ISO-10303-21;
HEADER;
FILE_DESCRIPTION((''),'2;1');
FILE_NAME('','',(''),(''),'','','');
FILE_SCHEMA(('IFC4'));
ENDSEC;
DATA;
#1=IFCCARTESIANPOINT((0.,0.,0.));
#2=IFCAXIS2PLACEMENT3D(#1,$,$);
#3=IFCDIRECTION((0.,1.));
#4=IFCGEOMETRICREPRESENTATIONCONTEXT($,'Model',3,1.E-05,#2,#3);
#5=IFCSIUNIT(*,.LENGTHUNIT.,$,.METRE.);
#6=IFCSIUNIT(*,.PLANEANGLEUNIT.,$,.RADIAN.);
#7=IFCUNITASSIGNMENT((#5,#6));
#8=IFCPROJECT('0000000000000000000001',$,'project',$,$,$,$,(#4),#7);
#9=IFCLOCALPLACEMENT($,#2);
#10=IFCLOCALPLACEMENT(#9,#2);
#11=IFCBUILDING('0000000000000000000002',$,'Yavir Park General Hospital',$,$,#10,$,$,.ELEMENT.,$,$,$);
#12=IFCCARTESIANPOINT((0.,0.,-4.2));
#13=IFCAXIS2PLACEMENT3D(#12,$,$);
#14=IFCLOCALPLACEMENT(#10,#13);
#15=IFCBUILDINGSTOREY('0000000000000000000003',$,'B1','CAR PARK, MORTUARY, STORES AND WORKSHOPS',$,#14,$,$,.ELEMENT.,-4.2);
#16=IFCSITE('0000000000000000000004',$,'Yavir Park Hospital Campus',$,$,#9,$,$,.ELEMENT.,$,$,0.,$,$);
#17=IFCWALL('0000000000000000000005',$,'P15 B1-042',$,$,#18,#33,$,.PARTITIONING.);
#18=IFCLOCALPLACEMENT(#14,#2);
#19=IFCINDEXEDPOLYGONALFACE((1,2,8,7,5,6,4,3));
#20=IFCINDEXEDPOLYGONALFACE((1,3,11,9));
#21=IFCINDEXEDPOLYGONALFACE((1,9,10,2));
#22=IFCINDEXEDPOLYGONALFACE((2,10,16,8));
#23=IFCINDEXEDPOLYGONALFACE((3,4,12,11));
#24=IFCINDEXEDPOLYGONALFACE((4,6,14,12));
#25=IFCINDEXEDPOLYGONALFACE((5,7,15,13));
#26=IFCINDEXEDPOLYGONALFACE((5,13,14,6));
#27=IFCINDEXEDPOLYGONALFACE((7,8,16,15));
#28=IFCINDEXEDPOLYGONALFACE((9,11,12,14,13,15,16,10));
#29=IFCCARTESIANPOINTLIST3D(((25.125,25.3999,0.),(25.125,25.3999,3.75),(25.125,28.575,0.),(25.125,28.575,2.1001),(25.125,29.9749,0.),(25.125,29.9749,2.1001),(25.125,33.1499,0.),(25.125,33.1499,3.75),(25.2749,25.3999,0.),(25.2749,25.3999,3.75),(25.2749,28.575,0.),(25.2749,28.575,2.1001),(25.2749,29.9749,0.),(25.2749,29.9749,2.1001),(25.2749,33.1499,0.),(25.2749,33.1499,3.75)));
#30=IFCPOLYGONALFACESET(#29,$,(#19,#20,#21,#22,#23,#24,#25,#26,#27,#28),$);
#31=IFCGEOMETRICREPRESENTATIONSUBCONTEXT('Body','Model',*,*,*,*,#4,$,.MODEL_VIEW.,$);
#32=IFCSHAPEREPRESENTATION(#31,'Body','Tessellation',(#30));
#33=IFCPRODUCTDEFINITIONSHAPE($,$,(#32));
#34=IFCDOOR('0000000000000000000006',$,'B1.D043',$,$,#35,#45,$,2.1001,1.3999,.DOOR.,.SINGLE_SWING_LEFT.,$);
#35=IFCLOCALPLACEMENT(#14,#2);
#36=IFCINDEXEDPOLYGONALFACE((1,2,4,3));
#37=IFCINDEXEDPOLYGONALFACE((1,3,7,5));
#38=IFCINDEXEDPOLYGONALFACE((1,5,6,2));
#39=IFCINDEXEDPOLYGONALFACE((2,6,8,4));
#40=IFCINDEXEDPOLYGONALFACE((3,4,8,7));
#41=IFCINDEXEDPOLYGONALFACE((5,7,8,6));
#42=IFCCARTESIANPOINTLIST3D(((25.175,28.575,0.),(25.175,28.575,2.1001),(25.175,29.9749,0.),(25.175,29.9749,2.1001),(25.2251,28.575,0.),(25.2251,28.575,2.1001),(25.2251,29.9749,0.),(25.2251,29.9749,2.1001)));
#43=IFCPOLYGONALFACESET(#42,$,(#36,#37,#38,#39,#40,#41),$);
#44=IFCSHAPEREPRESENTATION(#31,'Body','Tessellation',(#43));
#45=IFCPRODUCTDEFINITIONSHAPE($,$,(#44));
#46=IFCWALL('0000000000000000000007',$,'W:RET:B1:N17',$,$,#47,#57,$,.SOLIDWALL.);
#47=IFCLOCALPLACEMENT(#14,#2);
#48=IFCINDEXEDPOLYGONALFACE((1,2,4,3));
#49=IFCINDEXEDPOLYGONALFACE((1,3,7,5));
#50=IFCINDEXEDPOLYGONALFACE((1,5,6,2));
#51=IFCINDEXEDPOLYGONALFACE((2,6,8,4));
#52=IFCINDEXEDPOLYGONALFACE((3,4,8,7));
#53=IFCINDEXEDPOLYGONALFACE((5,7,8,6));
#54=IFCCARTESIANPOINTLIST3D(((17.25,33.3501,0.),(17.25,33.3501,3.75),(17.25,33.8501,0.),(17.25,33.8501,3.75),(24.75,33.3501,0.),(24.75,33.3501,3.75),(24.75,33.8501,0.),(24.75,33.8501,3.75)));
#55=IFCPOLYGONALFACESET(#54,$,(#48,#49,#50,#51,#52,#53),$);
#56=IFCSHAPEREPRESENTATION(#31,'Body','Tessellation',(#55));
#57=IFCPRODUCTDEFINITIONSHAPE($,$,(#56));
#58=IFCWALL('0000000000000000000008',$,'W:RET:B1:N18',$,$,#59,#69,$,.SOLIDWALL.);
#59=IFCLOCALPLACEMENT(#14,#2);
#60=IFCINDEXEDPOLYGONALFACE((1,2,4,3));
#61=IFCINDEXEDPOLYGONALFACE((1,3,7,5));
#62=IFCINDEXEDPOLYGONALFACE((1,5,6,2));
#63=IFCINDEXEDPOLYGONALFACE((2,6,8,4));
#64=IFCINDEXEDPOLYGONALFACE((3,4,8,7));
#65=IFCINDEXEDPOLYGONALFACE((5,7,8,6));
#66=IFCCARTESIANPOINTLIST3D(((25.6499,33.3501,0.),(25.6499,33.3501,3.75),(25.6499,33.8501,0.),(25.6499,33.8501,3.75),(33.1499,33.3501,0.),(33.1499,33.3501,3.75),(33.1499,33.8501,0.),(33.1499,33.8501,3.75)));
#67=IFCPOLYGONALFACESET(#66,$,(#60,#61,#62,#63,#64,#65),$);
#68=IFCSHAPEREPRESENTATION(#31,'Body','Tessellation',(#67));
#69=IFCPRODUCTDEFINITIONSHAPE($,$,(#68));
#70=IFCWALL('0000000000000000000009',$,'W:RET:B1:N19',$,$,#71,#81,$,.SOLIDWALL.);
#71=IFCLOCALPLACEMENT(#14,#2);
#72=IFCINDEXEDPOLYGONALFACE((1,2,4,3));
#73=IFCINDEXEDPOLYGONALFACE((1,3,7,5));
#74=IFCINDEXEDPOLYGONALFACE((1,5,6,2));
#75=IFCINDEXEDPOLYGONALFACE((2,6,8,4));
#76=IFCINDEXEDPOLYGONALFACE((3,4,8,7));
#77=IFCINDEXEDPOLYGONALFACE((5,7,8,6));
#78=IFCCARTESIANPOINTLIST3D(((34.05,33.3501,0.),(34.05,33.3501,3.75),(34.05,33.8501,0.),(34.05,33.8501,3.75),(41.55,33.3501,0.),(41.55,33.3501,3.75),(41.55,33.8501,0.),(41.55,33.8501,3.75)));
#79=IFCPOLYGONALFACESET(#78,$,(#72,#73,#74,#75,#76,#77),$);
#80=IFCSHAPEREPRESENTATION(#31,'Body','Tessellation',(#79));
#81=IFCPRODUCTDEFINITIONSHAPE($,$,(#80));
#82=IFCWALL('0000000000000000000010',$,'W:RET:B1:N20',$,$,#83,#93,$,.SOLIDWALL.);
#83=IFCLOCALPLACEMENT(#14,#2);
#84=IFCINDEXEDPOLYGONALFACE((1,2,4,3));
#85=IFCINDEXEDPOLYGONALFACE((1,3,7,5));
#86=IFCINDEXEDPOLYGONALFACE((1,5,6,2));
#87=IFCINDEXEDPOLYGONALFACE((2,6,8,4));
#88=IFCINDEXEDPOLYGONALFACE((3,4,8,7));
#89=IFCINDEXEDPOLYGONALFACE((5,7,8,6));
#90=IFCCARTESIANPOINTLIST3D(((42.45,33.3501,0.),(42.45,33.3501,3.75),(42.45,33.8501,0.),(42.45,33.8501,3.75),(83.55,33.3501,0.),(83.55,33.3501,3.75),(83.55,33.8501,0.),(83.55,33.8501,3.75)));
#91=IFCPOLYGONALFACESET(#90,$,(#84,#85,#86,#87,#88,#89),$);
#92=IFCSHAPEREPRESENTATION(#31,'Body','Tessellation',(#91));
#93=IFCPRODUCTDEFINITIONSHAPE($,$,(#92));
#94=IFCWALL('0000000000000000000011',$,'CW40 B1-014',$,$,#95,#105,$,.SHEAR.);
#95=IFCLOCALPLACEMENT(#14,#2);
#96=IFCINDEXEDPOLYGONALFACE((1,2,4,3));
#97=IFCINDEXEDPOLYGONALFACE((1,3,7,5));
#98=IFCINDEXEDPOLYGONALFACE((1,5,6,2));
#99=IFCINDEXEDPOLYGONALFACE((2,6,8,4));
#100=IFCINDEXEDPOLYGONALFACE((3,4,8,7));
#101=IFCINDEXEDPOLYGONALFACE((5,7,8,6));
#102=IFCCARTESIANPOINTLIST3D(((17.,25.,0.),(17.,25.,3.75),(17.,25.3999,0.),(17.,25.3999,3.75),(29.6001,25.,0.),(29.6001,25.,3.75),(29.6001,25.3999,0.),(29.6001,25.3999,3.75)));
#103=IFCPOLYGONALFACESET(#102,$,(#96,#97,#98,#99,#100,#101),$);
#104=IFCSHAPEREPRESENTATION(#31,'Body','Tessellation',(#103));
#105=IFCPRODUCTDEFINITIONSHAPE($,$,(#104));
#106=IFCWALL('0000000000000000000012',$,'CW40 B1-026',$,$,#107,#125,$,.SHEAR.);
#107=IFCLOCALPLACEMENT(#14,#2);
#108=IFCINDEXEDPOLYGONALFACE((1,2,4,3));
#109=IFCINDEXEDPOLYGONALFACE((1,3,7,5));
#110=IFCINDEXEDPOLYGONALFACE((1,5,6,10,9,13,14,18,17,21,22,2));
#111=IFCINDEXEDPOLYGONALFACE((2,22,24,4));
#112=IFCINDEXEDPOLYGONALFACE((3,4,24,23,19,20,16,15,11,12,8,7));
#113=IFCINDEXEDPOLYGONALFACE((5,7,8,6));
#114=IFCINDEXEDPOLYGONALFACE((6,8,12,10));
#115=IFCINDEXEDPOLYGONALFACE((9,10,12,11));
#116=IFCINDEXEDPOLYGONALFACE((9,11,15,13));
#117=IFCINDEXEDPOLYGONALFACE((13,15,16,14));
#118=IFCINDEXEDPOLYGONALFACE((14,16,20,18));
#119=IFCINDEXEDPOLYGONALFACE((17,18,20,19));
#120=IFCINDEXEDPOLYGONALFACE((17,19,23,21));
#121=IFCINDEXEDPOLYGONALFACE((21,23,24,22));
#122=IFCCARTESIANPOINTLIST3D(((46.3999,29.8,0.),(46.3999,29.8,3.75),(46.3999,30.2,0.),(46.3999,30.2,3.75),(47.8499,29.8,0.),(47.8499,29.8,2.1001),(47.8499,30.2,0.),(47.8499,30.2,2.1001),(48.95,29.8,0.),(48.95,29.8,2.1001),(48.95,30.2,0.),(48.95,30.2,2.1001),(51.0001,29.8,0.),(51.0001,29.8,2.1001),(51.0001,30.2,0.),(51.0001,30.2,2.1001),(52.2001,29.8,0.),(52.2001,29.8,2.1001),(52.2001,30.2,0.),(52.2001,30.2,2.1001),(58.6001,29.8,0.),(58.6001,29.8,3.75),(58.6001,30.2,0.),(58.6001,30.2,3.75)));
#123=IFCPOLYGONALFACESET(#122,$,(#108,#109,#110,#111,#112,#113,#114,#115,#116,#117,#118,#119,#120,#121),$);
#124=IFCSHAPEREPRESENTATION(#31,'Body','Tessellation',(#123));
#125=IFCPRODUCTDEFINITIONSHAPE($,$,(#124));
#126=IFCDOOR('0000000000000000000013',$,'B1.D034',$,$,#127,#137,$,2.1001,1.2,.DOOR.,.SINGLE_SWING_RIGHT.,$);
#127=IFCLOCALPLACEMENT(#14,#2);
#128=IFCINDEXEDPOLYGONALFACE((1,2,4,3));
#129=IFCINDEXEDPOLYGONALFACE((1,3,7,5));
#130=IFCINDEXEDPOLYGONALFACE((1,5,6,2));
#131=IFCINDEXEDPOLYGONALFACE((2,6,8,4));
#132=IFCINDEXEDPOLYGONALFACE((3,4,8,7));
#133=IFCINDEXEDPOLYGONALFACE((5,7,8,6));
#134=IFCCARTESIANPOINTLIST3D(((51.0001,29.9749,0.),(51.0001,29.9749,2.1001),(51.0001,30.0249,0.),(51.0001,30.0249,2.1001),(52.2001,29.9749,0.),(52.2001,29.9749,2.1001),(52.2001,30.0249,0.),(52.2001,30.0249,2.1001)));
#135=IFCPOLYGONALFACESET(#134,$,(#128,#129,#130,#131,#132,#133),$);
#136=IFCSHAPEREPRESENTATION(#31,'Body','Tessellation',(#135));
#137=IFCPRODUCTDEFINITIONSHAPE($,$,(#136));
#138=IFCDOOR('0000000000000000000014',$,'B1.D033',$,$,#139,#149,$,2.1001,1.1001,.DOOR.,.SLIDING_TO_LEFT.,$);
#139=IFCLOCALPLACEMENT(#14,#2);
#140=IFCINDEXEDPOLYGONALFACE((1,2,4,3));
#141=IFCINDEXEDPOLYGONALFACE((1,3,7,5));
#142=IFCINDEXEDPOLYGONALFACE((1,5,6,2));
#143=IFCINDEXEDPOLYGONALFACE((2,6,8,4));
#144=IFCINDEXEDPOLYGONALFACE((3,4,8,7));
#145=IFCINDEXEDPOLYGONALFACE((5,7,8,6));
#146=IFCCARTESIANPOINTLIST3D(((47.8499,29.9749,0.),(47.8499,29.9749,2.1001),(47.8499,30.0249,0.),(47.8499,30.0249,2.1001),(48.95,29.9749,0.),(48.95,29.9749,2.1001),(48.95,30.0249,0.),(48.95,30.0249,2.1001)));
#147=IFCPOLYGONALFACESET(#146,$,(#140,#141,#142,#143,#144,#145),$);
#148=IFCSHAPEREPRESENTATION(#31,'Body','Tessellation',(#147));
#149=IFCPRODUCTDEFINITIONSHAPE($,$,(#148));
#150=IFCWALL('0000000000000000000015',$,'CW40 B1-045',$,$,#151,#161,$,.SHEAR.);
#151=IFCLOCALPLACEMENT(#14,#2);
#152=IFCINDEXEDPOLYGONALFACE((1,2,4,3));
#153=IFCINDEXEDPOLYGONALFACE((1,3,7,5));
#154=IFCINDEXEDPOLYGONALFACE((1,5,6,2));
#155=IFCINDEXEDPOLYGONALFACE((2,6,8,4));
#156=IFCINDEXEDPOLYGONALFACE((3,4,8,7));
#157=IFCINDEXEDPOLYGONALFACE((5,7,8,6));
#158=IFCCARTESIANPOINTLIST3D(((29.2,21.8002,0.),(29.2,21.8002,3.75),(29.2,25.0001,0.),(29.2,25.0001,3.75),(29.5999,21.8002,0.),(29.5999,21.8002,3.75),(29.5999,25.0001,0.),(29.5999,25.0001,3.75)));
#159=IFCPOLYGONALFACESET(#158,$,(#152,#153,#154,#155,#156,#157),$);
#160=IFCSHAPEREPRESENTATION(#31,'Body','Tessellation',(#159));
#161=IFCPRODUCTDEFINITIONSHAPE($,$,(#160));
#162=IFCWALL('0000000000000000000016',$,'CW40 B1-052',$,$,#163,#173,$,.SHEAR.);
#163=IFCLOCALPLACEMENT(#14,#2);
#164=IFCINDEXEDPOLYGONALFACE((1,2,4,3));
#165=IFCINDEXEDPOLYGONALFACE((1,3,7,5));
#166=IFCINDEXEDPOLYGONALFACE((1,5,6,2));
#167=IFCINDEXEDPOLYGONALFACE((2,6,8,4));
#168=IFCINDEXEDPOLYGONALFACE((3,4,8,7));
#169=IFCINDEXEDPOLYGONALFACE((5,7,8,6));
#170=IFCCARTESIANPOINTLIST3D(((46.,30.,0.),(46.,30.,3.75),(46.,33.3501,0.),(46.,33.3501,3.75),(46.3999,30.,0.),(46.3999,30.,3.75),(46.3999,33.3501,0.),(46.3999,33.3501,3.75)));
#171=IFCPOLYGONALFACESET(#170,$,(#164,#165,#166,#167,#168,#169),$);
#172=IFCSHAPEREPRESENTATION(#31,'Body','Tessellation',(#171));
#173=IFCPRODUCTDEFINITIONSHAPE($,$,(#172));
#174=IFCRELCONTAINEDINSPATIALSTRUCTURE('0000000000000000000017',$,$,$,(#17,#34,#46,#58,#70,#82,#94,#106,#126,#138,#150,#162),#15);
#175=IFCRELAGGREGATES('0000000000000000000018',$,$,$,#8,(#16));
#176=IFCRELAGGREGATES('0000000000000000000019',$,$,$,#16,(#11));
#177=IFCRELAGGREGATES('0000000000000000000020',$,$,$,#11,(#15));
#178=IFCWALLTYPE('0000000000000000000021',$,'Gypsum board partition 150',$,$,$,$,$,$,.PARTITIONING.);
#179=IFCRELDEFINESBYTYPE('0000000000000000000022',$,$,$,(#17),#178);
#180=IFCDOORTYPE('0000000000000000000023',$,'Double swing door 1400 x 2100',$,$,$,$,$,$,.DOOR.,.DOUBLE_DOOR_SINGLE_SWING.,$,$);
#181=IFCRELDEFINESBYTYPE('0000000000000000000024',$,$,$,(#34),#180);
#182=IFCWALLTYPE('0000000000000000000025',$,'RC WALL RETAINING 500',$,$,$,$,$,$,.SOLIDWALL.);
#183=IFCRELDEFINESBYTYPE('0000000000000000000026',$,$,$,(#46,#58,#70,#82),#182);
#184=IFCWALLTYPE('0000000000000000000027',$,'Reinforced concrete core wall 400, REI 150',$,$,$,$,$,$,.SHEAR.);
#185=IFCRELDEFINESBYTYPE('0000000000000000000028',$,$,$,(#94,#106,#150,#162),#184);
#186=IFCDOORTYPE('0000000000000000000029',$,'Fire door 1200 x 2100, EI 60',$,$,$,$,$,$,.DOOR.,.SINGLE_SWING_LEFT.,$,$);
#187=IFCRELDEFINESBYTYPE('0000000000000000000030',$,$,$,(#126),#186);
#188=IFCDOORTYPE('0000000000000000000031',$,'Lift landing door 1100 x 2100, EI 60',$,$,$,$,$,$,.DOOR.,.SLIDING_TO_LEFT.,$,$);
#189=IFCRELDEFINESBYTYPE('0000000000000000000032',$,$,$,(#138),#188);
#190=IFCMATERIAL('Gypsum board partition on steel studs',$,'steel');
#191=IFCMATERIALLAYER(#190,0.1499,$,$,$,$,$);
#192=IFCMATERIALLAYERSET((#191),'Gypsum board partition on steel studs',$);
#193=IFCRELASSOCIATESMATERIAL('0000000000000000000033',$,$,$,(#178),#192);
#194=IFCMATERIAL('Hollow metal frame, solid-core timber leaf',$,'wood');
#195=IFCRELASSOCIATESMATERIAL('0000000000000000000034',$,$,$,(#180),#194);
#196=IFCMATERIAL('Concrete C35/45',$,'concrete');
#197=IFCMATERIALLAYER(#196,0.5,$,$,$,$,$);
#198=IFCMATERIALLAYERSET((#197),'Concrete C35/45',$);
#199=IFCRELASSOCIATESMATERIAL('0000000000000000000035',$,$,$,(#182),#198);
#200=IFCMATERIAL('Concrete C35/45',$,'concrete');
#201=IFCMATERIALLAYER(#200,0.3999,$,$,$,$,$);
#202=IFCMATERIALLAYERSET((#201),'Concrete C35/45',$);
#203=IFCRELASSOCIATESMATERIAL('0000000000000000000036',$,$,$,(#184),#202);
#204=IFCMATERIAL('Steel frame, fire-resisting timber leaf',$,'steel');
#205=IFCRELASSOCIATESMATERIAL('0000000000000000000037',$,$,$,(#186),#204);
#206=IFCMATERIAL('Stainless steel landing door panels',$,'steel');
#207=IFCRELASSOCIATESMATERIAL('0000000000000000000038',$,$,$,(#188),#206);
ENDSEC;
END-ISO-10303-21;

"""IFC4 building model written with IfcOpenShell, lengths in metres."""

from ifc_helpers import new_model, si_unit, direction, frame, frame_2d, origin, place, context, subcontext, project, spatial, rectangle, extrude, material, layer, layer_set, type_object, element, fill, save


model = new_model("IFC4")

# Units and contexts
model_context = context("Model", 3, precision=1e-05, world=origin(), true_north=direction((0.0, 1.0)))
body_context = subcontext(model_context, "Body", "Model", "MODEL_VIEW")
ifc_project = project(units=[si_unit("LENGTHUNIT", "METRE"), si_unit("PLANEANGLEUNIT", "RADIAN")], contexts=[model_context])

# Site, building, storey
site_placement = place(None, origin())
site = spatial("IfcSite", under=ifc_project, at=site_placement, Name="Yavir Park Hospital Campus", CompositionType="ELEMENT", RefElevation=0.0)
building_placement = place(site_placement, origin())
building = spatial("IfcBuilding", under=site, at=building_placement, Name="Yavir Park General Hospital", CompositionType="ELEMENT")
storey_placement = place(building_placement, frame((0.0, 0.0, -4.2)))
storey = spatial("IfcBuildingStorey", under=building, at=storey_placement, Name="B1", Description="CAR PARK, MORTUARY, STORES AND WORKSHOPS", CompositionType="ELEMENT", Elevation=-4.2)

# Shared definitions
ifc_material_1 = material(Name="Gypsum board partition on steel studs", Category="steel")
ifc_layer_1 = layer(ifc_material_1, 0.1499)
ifc_layer_set_1 = layer_set([ifc_layer_1], Name="Gypsum board partition on steel studs")
wall_type_1 = type_object("IfcWallType", Name="Gypsum board partition 150", PredefinedType="PARTITIONING", material=ifc_layer_set_1)

# Wall, opening, door
wall_1_placement = place(storey_placement, frame((25.2, 25.3999, 0.0), z_axis=(0.0, 0.0, 1.0), x_axis=(0.0, 1.0, 0.0)))
wall_1 = element("IfcWall", 1, at=wall_1_placement, inside=storey, type_object=wall_type_1, Name="P15 B1-042", PredefinedType="PARTITIONING", context=body_context, shape_type="SweptSolid", body=[
    extrude(rectangle(XDim=7.75, YDim=0.1499, at=frame_2d((3.875, 0.0))), origin(), (0.0, 0.0, 1.0), 3.75),
])
opening_1_placement = place(wall_1_placement, frame((3.175, 0.0, 0.0)))
opening_1 = element("IfcOpeningElement", 2, at=opening_1_placement, cuts=wall_1, PredefinedType="OPENING", context=body_context, shape_type="SweptSolid", body=[
    extrude(rectangle(XDim=1.3999, YDim=2.1001, at=frame_2d((0.7, 1.05))), frame((0.0, 0.085, 0.0), z_axis=(0.0, -1.0, 0.0), x_axis=(1.0, 0.0, 0.0)), (0.0, 0.0, 1.0), 0.1699),
])
ifc_material_2 = material(Name="Hollow metal frame, solid-core timber leaf", Category="wood")
door_type_1 = type_object("IfcDoorType", Name="Double swing door 1400 x 2100", OperationType="DOUBLE_DOOR_SINGLE_SWING", PredefinedType="DOOR", material=ifc_material_2)
door_1_placement = place(opening_1_placement, origin())
door_1 = element("IfcDoor", 3, at=door_1_placement, inside=storey, type_object=door_type_1, Name="B1.D043", OperationType="SINGLE_SWING_LEFT", OverallHeight=2.1001, OverallWidth=1.3999, PredefinedType="DOOR", context=body_context, shape_type="SweptSolid", body=[
    extrude(rectangle(XDim=1.3999, YDim=2.1001, at=frame_2d((0.7, 1.05))), frame((0.0, 0.0249, 0.0), z_axis=(0.0, -1.0, 0.0), x_axis=(1.0, 0.0, 0.0)), (0.0, 0.0, 1.0), 0.05),
])
fill(opening_1, door_1)

# Walls
ifc_material_3 = material(Name="Concrete C35/45", Category="concrete")
ifc_layer_2 = layer(ifc_material_3, 0.5)
ifc_layer_set_2 = layer_set([ifc_layer_2], Name="Concrete C35/45")
wall_type_2 = type_object("IfcWallType", Name="RC WALL RETAINING 500", PredefinedType="SOLIDWALL", material=ifc_layer_set_2)
for number, where, z_axis, x_axis, name in (
    (4, (17.25, 33.6001, 0.0), (0.0, 0.0, 1.0), (1.0, 0.0, 0.0), "W:RET:B1:N17"),
    (5, (25.6499, 33.6001, 0.0), (0.0, 0.0, 1.0), (1.0, 0.0, 0.0), "W:RET:B1:N18"),
    (6, (34.05, 33.6001, 0.0), (0.0, 0.0, 1.0), (1.0, 0.0, 0.0), "W:RET:B1:N19"),
):
    element("IfcWall", number, at=place(storey_placement, frame(where, z_axis=z_axis, x_axis=x_axis)), inside=storey, type_object=wall_type_2, Name=name, PredefinedType="SOLIDWALL", context=body_context, shape_type="SweptSolid", body=[
        extrude(rectangle(XDim=7.5, YDim=0.5, at=frame_2d((3.75, 0.0))), origin(), (0.0, 0.0, 1.0), 3.75),
    ])
wall_2_placement = place(storey_placement, frame((42.45, 33.6001, 0.0), z_axis=(0.0, 0.0, 1.0), x_axis=(1.0, 0.0, 0.0)))
element("IfcWall", 7, at=wall_2_placement, inside=storey, type_object=wall_type_2, Name="W:RET:B1:N20", PredefinedType="SOLIDWALL", context=body_context, shape_type="SweptSolid", body=[
    extrude(rectangle(XDim=41.1001, YDim=0.5, at=frame_2d((20.55, 0.0))), origin(), (0.0, 0.0, 1.0), 3.75),
])
ifc_material_4 = material(Name="Concrete C35/45", Category="concrete")
ifc_layer_3 = layer(ifc_material_4, 0.3999)
ifc_layer_set_3 = layer_set([ifc_layer_3], Name="Concrete C35/45")
wall_type_3 = type_object("IfcWallType", Name="Reinforced concrete core wall 400, REI 150", PredefinedType="SHEAR", material=ifc_layer_set_3)
wall_3_placement = place(storey_placement, frame((17.0, 25.2, 0.0), z_axis=(0.0, 0.0, 1.0), x_axis=(1.0, 0.0, 0.0)))
element("IfcWall", 8, at=wall_3_placement, inside=storey, type_object=wall_type_3, Name="CW40 B1-014", PredefinedType="SHEAR", context=body_context, shape_type="SweptSolid", body=[
    extrude(rectangle(XDim=12.6001, YDim=0.3999, at=frame_2d((6.3, 0.0))), origin(), (0.0, 0.0, 1.0), 3.75),
])

# Wall, openings, doors
wall_4_placement = place(storey_placement, frame((46.3999, 30.0, 0.0), z_axis=(0.0, 0.0, 1.0), x_axis=(1.0, 0.0, 0.0)))
wall_4 = element("IfcWall", 9, at=wall_4_placement, inside=storey, type_object=wall_type_3, Name="CW40 B1-026", PredefinedType="SHEAR", context=body_context, shape_type="SweptSolid", body=[
    extrude(rectangle(XDim=12.2002, YDim=0.3999, at=frame_2d((6.1001, 0.0))), origin(), (0.0, 0.0, 1.0), 3.75),
])
opening_2_placement = place(wall_4_placement, frame((1.45, 0.0, 0.0)))
opening_2 = element("IfcOpeningElement", 10, at=opening_2_placement, cuts=wall_4, PredefinedType="OPENING", context=body_context, shape_type="SweptSolid", body=[
    extrude(rectangle(XDim=1.1001, YDim=2.1001, at=frame_2d((0.55, 1.05))), frame((0.0, 0.21, 0.0), z_axis=(0.0, -1.0, 0.0), x_axis=(1.0, 0.0, 0.0)), (0.0, 0.0, 1.0), 0.4199),
])
opening_3_placement = place(wall_4_placement, frame((4.6001, 0.0, 0.0)))
opening_3 = element("IfcOpeningElement", 11, at=opening_3_placement, cuts=wall_4, PredefinedType="OPENING", context=body_context, shape_type="SweptSolid", body=[
    extrude(rectangle(XDim=1.2, YDim=2.1001, at=frame_2d((0.6001, 1.05))), frame((0.0, 0.21, 0.0), z_axis=(0.0, -1.0, 0.0), x_axis=(1.0, 0.0, 0.0)), (0.0, 0.0, 1.0), 0.4199),
])
ifc_material_5 = material(Name="Steel frame, fire-resisting timber leaf", Category="steel")
door_type_2 = type_object("IfcDoorType", Name="Fire door 1200 x 2100, EI 60", OperationType="SINGLE_SWING_LEFT", PredefinedType="DOOR", material=ifc_material_5)
door_2_placement = place(opening_3_placement, origin())
door_2 = element("IfcDoor", 12, at=door_2_placement, inside=storey, type_object=door_type_2, Name="B1.D034", OperationType="SINGLE_SWING_RIGHT", OverallHeight=2.1001, OverallWidth=1.2, PredefinedType="DOOR", context=body_context, shape_type="SweptSolid", body=[
    extrude(rectangle(XDim=1.2, YDim=2.1001, at=frame_2d((0.6001, 1.05))), frame((0.0, 0.0249, 0.0), z_axis=(0.0, -1.0, 0.0), x_axis=(1.0, 0.0, 0.0)), (0.0, 0.0, 1.0), 0.05),
])
fill(opening_3, door_2)
ifc_material_6 = material(Name="Stainless steel landing door panels", Category="steel")
door_type_3 = type_object("IfcDoorType", Name="Lift landing door 1100 x 2100, EI 60", OperationType="SLIDING_TO_LEFT", PredefinedType="DOOR", material=ifc_material_6)
door_3_placement = place(opening_2_placement, origin())
door_3 = element("IfcDoor", 13, at=door_3_placement, inside=storey, type_object=door_type_3, Name="B1.D033", OperationType="SLIDING_TO_LEFT", OverallHeight=2.1001, OverallWidth=1.1001, PredefinedType="DOOR", context=body_context, shape_type="SweptSolid", body=[
    extrude(rectangle(XDim=1.1001, YDim=2.1001, at=frame_2d((0.55, 1.05))), frame((0.0, 0.0249, 0.0), z_axis=(0.0, -1.0, 0.0), x_axis=(1.0, 0.0, 0.0)), (0.0, 0.0, 1.0), 0.05),
])
fill(opening_2, door_3)

# Walls
wall_5_placement = place(storey_placement, frame((29.3999, 21.8, 0.0), z_axis=(0.0, 0.0, 1.0), x_axis=(0.0, 1.0, 0.0)))
element("IfcWall", 14, at=wall_5_placement, inside=storey, type_object=wall_type_3, Name="CW40 B1-045", PredefinedType="SHEAR", context=body_context, shape_type="SweptSolid", body=[
    extrude(rectangle(XDim=3.2, YDim=0.3999, at=frame_2d((1.6001, 0.0))), origin(), (0.0, 0.0, 1.0), 3.75),
])
wall_6_placement = place(storey_placement, frame((46.2, 30.0, 0.0), z_axis=(0.0, 0.0, 1.0), x_axis=(0.0, 1.0, 0.0)))
element("IfcWall", 15, at=wall_6_placement, inside=storey, type_object=wall_type_3, Name="CW40 B1-052", PredefinedType="SHEAR", context=body_context, shape_type="SweptSolid", body=[
    extrude(rectangle(XDim=3.3501, YDim=0.3999, at=frame_2d((1.675, 0.0))), origin(), (0.0, 0.0, 1.0), 3.75),
])

save(model, "model.ifc")
